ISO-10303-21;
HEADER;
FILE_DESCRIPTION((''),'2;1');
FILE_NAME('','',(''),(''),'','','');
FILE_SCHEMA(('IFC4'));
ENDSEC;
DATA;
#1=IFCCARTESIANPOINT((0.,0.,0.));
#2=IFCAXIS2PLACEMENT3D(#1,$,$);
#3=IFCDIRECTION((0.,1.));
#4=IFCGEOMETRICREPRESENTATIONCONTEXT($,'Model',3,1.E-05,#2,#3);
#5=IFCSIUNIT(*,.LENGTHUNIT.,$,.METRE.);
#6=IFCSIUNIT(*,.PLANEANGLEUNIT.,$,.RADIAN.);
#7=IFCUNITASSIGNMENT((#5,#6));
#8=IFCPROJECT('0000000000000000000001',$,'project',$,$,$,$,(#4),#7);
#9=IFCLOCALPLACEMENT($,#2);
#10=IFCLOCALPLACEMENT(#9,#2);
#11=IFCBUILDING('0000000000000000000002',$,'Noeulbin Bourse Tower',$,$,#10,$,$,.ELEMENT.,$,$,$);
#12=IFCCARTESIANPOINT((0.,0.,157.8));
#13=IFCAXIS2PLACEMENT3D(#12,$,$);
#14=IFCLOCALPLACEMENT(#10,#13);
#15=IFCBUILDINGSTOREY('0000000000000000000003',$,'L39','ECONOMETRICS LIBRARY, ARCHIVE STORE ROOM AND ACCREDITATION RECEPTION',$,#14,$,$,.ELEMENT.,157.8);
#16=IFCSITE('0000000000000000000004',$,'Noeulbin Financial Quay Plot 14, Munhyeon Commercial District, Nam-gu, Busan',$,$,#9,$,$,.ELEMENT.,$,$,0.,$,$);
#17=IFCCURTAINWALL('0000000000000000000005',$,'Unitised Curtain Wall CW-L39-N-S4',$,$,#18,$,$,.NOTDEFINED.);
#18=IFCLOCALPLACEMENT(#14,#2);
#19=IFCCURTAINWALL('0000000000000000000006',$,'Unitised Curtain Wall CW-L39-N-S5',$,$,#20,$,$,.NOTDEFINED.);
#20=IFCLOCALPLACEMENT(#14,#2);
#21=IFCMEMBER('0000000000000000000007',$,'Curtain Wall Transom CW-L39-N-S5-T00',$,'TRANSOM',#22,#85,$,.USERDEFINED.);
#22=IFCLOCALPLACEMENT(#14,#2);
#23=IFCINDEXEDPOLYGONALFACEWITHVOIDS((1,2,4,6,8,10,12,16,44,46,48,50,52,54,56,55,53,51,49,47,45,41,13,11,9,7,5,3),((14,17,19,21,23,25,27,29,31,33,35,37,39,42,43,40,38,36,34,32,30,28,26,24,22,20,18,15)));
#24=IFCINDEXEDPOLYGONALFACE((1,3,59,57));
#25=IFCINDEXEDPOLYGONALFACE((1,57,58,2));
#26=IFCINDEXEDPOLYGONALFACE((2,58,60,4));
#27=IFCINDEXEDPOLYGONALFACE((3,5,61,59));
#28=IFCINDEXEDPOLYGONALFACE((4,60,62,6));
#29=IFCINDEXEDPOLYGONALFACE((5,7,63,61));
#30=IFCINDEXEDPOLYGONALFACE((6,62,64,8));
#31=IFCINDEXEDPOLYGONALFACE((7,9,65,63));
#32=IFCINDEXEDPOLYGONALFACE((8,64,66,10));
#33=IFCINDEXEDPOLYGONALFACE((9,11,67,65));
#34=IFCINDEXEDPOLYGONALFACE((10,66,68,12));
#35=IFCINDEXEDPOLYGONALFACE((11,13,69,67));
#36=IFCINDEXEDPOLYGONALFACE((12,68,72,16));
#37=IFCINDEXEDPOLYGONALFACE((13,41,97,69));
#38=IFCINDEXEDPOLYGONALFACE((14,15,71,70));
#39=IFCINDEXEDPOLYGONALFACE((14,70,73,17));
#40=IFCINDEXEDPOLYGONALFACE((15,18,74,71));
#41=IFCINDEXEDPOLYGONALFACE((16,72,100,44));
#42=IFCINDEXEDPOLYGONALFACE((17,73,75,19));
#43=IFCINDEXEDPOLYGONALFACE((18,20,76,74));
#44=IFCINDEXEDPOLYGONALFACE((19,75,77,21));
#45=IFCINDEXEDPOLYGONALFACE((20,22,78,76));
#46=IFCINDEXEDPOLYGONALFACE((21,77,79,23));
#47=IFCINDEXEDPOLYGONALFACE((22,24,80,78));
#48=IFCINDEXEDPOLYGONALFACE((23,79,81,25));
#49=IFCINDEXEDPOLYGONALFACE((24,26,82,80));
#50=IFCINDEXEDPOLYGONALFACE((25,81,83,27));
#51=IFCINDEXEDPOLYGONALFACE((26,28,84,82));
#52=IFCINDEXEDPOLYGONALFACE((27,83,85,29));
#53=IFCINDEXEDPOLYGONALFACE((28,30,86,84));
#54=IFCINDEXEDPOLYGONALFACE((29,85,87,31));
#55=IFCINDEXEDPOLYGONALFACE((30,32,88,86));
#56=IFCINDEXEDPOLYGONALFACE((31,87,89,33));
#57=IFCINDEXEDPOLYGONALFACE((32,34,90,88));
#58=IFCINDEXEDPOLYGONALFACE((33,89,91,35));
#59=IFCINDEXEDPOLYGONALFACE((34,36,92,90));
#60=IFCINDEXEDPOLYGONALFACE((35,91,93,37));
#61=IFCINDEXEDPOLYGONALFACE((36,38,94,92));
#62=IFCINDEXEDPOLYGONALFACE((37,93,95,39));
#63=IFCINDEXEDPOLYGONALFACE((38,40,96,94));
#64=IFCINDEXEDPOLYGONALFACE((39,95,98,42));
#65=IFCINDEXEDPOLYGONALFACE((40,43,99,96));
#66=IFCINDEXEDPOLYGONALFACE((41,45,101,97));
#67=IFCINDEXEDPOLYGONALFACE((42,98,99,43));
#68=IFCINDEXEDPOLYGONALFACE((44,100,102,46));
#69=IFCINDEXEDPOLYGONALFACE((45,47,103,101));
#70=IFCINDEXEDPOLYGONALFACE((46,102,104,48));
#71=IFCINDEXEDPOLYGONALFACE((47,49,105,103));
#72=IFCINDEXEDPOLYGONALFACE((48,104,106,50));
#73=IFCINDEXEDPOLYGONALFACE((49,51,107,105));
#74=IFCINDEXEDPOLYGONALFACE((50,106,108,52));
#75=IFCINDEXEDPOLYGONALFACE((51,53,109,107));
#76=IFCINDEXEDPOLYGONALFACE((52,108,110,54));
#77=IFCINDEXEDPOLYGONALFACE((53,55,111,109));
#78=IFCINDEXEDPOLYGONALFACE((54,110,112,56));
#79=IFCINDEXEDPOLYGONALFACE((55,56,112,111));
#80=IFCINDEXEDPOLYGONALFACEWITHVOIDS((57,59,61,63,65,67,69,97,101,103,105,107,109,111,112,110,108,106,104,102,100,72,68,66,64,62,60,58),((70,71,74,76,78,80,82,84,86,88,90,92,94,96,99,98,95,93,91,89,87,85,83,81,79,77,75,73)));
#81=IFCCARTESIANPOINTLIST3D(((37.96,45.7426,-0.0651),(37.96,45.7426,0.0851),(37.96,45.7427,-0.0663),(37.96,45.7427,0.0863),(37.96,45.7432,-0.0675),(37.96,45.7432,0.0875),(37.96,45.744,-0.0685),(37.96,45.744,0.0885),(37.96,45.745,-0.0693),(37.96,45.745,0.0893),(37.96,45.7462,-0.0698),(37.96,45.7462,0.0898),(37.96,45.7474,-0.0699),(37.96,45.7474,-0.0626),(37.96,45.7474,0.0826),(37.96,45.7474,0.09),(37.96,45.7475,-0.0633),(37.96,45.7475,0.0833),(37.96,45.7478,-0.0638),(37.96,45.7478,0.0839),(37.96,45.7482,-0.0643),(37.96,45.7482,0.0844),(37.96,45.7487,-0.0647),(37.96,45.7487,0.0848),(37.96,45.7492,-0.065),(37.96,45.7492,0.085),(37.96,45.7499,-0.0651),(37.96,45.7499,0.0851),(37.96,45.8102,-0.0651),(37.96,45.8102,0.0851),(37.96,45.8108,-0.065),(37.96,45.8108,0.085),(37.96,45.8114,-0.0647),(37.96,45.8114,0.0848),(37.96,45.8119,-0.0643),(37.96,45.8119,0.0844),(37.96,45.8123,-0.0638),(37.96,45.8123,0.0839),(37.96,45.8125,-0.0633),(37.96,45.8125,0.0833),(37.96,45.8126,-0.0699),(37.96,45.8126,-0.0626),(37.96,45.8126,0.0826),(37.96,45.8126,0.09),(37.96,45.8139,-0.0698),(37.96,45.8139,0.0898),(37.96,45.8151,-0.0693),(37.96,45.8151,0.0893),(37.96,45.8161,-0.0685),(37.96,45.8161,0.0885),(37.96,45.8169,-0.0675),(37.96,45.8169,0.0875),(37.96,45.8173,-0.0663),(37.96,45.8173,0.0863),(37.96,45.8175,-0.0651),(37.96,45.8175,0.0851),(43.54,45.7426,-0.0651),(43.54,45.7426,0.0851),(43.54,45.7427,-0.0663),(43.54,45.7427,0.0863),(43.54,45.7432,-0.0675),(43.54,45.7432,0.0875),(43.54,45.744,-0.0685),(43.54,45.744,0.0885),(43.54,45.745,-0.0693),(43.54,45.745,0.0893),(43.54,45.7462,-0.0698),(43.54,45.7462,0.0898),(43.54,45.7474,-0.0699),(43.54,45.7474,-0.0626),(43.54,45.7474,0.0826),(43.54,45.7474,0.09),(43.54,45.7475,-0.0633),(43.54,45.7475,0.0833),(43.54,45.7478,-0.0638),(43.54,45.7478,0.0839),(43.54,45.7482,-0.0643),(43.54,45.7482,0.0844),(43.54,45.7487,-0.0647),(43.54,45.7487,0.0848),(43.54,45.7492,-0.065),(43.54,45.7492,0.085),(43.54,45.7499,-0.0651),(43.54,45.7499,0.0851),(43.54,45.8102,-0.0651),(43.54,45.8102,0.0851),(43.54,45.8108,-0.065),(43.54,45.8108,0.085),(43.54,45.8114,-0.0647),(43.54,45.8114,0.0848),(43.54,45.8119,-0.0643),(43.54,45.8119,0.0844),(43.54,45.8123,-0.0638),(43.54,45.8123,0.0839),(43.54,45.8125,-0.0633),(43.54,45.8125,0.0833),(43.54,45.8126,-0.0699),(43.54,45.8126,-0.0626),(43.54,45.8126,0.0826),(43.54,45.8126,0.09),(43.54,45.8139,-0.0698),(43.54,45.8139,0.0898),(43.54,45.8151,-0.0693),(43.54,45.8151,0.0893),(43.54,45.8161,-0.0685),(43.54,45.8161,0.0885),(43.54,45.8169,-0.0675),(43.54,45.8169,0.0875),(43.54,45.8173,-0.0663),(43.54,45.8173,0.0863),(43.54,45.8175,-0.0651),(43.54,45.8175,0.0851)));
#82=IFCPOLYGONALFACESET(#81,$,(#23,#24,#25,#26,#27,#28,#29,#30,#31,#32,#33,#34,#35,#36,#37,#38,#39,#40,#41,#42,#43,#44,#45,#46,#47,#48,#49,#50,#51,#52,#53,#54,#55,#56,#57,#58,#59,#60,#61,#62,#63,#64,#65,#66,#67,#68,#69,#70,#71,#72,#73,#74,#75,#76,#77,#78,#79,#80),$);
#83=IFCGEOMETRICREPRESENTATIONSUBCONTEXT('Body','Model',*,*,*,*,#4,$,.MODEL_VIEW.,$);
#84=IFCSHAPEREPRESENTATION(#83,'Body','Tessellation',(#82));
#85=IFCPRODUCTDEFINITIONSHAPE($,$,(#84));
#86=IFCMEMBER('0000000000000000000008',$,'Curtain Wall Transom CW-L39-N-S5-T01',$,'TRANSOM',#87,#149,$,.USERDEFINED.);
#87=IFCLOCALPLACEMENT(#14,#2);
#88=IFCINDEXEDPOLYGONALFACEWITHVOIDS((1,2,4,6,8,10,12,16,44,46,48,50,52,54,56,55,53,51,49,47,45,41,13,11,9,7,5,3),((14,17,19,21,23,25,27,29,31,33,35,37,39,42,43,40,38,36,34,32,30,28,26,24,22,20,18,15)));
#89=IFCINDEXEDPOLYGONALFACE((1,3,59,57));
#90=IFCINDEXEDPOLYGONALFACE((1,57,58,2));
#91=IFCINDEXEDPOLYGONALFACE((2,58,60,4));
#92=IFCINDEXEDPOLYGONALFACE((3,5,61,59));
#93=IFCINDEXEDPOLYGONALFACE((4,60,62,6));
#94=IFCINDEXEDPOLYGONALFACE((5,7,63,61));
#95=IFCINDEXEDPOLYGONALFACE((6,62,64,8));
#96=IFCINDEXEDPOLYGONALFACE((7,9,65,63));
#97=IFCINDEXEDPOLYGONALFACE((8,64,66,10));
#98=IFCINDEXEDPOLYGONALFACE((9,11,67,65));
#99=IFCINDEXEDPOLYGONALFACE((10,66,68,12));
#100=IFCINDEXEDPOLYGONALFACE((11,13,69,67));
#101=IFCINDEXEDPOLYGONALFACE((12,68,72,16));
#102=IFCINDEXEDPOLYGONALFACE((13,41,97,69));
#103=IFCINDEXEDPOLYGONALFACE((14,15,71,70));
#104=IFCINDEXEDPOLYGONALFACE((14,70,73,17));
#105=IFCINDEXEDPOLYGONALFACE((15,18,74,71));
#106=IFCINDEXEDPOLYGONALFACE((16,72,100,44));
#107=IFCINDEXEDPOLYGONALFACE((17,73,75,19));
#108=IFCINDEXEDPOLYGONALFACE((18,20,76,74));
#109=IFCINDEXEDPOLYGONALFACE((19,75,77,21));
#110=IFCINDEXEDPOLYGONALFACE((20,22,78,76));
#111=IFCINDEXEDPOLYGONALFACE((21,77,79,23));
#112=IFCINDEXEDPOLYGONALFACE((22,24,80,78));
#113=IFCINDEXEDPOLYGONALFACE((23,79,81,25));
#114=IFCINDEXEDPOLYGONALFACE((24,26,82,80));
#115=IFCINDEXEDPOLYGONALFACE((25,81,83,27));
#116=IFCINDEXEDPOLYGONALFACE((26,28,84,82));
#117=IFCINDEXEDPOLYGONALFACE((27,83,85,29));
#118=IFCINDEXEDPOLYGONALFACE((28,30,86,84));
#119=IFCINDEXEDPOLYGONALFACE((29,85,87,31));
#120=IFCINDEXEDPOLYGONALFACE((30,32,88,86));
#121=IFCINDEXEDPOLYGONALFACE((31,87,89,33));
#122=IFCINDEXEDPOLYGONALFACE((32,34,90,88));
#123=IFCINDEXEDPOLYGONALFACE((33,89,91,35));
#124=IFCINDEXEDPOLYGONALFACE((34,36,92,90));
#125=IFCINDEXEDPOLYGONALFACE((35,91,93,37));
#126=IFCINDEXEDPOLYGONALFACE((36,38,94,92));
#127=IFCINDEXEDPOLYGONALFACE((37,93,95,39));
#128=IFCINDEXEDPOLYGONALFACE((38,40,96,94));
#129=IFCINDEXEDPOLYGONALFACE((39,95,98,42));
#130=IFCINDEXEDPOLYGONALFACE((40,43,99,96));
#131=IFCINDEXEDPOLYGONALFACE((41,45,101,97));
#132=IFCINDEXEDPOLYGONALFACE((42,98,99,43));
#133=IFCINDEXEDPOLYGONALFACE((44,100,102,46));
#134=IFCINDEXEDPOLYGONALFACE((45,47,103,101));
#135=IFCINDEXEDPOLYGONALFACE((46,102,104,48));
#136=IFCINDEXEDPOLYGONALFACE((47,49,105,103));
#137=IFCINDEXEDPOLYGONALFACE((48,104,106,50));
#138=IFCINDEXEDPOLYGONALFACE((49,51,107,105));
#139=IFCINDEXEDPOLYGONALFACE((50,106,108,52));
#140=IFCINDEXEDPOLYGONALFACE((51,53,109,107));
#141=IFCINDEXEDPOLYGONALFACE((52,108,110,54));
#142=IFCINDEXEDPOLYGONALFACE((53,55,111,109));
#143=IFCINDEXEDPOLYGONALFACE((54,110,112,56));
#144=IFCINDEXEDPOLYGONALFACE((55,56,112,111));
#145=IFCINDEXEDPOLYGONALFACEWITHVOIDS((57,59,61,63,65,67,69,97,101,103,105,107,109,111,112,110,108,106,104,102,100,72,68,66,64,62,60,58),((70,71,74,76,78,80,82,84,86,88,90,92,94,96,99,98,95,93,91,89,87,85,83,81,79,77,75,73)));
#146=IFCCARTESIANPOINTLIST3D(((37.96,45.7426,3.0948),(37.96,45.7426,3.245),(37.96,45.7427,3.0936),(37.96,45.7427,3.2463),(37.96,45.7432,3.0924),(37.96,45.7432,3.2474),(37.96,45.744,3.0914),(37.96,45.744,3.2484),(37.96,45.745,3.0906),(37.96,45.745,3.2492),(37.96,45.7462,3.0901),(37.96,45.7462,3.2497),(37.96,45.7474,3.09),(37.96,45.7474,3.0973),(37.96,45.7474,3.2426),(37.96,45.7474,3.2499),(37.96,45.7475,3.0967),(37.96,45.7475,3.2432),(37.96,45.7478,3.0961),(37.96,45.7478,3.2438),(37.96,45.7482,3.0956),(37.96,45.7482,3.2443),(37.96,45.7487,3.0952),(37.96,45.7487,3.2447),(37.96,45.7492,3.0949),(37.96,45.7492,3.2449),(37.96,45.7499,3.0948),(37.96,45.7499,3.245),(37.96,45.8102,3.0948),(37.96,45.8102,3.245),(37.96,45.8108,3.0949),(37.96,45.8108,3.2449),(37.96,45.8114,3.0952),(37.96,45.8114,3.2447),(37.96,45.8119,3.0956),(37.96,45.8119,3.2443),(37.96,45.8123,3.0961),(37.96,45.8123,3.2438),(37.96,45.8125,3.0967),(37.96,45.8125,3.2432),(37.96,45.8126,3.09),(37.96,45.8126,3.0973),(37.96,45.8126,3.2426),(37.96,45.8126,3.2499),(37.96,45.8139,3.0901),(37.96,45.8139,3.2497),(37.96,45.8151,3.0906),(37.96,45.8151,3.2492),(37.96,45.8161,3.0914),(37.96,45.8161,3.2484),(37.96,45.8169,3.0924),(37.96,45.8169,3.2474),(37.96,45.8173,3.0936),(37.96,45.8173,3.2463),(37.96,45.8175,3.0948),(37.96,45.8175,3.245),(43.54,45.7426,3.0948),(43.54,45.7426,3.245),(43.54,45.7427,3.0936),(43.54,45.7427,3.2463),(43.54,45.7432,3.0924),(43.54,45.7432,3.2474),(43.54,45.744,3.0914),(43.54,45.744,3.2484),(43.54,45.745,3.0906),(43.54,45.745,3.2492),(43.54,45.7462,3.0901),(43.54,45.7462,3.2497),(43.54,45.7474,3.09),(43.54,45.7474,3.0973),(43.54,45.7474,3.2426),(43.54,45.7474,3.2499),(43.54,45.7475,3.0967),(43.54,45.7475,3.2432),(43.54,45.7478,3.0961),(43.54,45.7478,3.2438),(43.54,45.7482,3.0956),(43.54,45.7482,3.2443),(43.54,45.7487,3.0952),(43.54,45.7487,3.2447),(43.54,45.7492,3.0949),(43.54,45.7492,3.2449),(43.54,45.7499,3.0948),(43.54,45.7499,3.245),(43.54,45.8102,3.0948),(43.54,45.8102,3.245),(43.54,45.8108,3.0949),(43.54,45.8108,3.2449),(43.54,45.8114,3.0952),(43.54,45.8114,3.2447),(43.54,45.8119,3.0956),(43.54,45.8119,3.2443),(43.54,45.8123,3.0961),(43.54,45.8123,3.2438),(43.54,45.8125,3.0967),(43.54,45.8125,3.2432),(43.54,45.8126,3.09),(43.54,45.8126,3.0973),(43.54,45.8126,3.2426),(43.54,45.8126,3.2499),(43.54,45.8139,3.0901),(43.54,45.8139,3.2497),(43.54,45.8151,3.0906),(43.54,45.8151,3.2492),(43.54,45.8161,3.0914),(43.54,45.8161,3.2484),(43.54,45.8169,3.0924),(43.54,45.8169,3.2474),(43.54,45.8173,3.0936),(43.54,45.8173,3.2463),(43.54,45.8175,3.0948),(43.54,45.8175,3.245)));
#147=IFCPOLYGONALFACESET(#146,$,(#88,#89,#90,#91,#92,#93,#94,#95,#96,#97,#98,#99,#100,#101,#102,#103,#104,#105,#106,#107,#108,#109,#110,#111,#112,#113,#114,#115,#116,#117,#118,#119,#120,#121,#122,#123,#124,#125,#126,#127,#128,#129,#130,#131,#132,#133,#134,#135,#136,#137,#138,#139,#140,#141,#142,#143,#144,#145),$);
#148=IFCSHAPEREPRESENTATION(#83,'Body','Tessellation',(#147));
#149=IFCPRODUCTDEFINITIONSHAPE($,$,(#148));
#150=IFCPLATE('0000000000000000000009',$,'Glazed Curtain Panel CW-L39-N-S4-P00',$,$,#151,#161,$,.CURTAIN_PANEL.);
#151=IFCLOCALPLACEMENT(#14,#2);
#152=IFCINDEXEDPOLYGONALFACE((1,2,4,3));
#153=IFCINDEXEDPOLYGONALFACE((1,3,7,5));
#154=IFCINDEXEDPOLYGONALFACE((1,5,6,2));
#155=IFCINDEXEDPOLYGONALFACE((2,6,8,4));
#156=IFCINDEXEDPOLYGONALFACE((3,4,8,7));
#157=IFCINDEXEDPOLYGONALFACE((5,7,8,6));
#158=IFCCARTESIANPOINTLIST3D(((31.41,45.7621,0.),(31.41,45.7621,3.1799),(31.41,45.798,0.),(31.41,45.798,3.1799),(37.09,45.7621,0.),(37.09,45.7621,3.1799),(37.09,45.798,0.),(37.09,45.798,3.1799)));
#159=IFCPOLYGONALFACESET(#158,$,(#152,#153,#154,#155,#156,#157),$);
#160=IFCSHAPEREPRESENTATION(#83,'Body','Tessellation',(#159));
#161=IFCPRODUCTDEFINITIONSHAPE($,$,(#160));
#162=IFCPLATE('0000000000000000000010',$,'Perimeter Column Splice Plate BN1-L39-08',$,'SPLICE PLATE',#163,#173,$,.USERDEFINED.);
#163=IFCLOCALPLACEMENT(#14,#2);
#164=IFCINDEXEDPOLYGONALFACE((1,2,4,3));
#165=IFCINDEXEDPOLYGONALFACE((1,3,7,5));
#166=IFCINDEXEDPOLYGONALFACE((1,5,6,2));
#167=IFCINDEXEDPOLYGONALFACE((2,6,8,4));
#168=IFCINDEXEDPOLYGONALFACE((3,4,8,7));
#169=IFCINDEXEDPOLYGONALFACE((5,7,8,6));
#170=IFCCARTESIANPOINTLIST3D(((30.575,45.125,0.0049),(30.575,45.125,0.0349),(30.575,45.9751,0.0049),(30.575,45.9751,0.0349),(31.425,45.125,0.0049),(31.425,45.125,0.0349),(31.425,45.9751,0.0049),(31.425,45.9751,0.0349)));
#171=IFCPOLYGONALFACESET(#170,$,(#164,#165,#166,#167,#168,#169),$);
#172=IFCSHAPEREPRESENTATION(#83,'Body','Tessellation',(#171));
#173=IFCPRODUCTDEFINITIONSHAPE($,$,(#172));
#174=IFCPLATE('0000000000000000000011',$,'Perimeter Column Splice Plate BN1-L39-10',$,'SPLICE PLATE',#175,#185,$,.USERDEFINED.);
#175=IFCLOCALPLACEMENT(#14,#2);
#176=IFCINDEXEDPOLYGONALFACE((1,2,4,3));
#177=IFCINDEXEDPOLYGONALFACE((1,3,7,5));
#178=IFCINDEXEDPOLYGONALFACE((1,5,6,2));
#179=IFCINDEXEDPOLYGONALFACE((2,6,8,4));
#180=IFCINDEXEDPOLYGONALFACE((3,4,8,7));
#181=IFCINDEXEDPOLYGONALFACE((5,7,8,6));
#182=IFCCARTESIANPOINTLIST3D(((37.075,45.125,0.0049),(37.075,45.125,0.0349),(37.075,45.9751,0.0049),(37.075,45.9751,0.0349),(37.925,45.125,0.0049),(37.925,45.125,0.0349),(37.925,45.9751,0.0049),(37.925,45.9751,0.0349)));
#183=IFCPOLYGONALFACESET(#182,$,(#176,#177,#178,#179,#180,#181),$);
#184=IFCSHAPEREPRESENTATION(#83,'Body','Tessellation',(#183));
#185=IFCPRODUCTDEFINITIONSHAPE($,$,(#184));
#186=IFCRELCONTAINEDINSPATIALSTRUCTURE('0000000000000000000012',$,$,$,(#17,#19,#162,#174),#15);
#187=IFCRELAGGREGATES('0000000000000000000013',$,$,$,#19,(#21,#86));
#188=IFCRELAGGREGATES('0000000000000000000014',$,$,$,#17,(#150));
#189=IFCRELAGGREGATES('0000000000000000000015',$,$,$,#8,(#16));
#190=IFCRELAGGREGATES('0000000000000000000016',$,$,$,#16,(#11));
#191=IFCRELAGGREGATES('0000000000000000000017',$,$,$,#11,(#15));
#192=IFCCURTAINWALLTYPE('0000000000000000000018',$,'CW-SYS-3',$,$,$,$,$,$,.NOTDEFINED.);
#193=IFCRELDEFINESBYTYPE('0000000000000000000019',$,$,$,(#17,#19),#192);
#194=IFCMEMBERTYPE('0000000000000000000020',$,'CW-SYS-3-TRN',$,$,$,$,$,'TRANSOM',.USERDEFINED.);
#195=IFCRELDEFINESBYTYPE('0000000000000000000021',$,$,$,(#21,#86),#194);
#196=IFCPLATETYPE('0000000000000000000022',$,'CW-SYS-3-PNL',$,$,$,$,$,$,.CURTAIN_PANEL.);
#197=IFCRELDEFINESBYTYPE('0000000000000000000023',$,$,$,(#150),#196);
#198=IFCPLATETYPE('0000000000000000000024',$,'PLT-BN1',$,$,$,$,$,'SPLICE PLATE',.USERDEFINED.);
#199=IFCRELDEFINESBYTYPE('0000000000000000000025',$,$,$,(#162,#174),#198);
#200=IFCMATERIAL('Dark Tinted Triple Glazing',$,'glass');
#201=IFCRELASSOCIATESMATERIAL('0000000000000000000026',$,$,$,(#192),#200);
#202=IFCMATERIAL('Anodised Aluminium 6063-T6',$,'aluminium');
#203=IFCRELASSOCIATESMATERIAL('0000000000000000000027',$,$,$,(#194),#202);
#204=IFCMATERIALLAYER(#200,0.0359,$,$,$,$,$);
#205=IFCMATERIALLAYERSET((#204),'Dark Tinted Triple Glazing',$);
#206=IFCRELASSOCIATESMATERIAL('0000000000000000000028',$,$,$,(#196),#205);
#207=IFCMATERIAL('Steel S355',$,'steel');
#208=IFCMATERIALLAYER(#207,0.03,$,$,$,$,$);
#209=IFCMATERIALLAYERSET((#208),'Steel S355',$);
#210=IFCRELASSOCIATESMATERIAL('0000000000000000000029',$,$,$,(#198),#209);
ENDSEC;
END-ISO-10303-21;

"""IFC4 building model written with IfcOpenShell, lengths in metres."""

from ifc_helpers import new_model, si_unit, direction, frame, origin, origin_2d, place, context, subcontext, project, spatial, rectangle, hollow_rectangle, extrude, material, layer, layer_set, material_profile, profile_set, type_object, element, aggregate, save


model = new_model("IFC4")

# Units and contexts
model_context = context("Model", 3, precision=1e-05, world=origin(), true_north=direction((0.0, 1.0)))
body_context = subcontext(model_context, "Body", "Model", "MODEL_VIEW")
ifc_project = project(units=[si_unit("LENGTHUNIT", "METRE"), si_unit("PLANEANGLEUNIT", "RADIAN")], contexts=[model_context])

# Site, building, storey
site_placement = place(None, origin())
site = spatial("IfcSite", under=ifc_project, at=site_placement, Name="Noeulbin Financial Quay Plot 14, Munhyeon Commercial District, Nam-gu, Busan", CompositionType="ELEMENT", RefElevation=0.0)
building_placement = place(site_placement, origin())
building = spatial("IfcBuilding", under=site, at=building_placement, Name="Noeulbin Bourse Tower", CompositionType="ELEMENT")
storey_placement = place(building_placement, frame((0.0, 0.0, 157.8)))
storey = spatial("IfcBuildingStorey", under=building, at=storey_placement, Name="L39", Description="ECONOMETRICS LIBRARY, ARCHIVE STORE ROOM AND ACCREDITATION RECEPTION", CompositionType="ELEMENT", Elevation=157.8)

# Shared definitions
ifc_material_1 = material(Name="Steel S355", Category="steel")

# Shared definitions
ifc_material_2 = material(Name="Dark Tinted Triple Glazing", Category="glass")
curtain_wall_type = type_object("IfcCurtainWallType", Name="CW-SYS-3", PredefinedType="NOTDEFINED", material=ifc_material_2)
ifc_material_3 = material(Name="Anodised Aluminium 6063-T6", Category="aluminium")

# Curtain wall
curtain_wall_1_placement = place(storey_placement, origin())
curtain_wall_1 = element("IfcCurtainWall", 1, at=curtain_wall_1_placement, inside=storey, type_object=curtain_wall_type, Name="Unitised Curtain Wall CW-L39-N-S4", PredefinedType="NOTDEFINED")

# Curtain wall
curtain_wall_2_placement = place(storey_placement, origin())
curtain_wall_2 = element("IfcCurtainWall", 2, at=curtain_wall_2_placement, inside=storey, type_object=curtain_wall_type, Name="Unitised Curtain Wall CW-L39-N-S5", PredefinedType="NOTDEFINED")

# Members
ifc_material_profile_1 = material_profile(ifc_material_3, hollow_rectangle(XDim=0.075, YDim=0.1599, WallThickness=0.0049, InnerFilletRadius=0.0024, OuterFilletRadius=0.0049, at=origin_2d()), Name="ALU-TRAN-75x160x5", Category="LoadBearing")
ifc_profile_set_1 = profile_set([ifc_material_profile_1], Name="Anodised Aluminium 6063-T6")
member_type_1 = type_object("IfcMemberType", Name="CW-SYS-3-TRN", ElementType="TRANSOM", PredefinedType="USERDEFINED", material=ifc_profile_set_1)
member_1_placement = place(storey_placement, frame((37.96, 45.78, 0.01), z_axis=(1.0, 0.0, 0.0), x_axis=(0.0, 1.0, 0.0)))
member_1 = element("IfcMember", 3, at=member_1_placement, type_object=member_type_1, Name="Curtain Wall Transom CW-L39-N-S5-T00", ObjectType="TRANSOM", PredefinedType="USERDEFINED", context=body_context, shape_type="SweptSolid", body=[
    extrude(hollow_rectangle(XDim=0.075, YDim=0.1599, WallThickness=0.0049, InnerFilletRadius=0.0024, OuterFilletRadius=0.0049, at=origin_2d()), origin(), (0.0, 0.0, 1.0), 5.5801),
])
member_2_placement = place(storey_placement, frame((37.96, 45.78, 3.1699), z_axis=(1.0, 0.0, 0.0), x_axis=(0.0, 1.0, 0.0)))
member_2 = element("IfcMember", 4, at=member_2_placement, type_object=member_type_1, Name="Curtain Wall Transom CW-L39-N-S5-T01", ObjectType="TRANSOM", PredefinedType="USERDEFINED", context=body_context, shape_type="SweptSolid", body=[
    extrude(hollow_rectangle(XDim=0.075, YDim=0.1599, WallThickness=0.0049, InnerFilletRadius=0.0024, OuterFilletRadius=0.0049, at=origin_2d()), origin(), (0.0, 0.0, 1.0), 5.5801),
])
aggregate(curtain_wall_2, [member_1, member_2])

# Plate
ifc_layer_1 = layer(ifc_material_2, 0.0359)
ifc_layer_set_1 = layer_set([ifc_layer_1], Name="Dark Tinted Triple Glazing")
plate_type_1 = type_object("IfcPlateType", Name="CW-SYS-3-PNL", PredefinedType="CURTAIN_PANEL", material=ifc_layer_set_1)
plate_placement = place(storey_placement, frame((34.25, 45.78, 0.0), z_axis=(0.0, 0.0, 1.0), x_axis=(1.0, 0.0, 0.0)))
plate = element("IfcPlate", 5, at=plate_placement, type_object=plate_type_1, Name="Glazed Curtain Panel CW-L39-N-S4-P00", PredefinedType="CURTAIN_PANEL", context=body_context, shape_type="SweptSolid", body=[
    extrude(rectangle(XDim=5.6799, YDim=0.0359, at=origin_2d()), origin(), (0.0, 0.0, 1.0), 3.1799),
])
aggregate(curtain_wall_1, [plate])

# Plates
ifc_layer_2 = layer(ifc_material_1, 0.03)
ifc_layer_set_2 = layer_set([ifc_layer_2], Name="Steel S355")
plate_type_2 = type_object("IfcPlateType", Name="PLT-BN1", ElementType="SPLICE PLATE", PredefinedType="USERDEFINED", material=ifc_layer_set_2)
for number, where, z_axis, x_axis, name in (
    (6, (31.0, 45.55, 0.0049), (0.0, 0.0, 1.0), (1.0, 0.0, 0.0), "Perimeter Column Splice Plate BN1-L39-08"),
    (7, (37.5, 45.55, 0.0049), (0.0, 0.0, 1.0), (1.0, 0.0, 0.0), "Perimeter Column Splice Plate BN1-L39-10"),
):
    element("IfcPlate", number, at=place(storey_placement, frame(where, z_axis=z_axis, x_axis=x_axis)), inside=storey, type_object=plate_type_2, Name=name, ObjectType="SPLICE PLATE", PredefinedType="USERDEFINED", context=body_context, shape_type="SweptSolid", body=[
        extrude(rectangle(XDim=0.8501, YDim=0.8501, at=origin_2d()), origin(), (0.0, 0.0, 1.0), 0.03),
    ])

save(model, "model.ifc")
